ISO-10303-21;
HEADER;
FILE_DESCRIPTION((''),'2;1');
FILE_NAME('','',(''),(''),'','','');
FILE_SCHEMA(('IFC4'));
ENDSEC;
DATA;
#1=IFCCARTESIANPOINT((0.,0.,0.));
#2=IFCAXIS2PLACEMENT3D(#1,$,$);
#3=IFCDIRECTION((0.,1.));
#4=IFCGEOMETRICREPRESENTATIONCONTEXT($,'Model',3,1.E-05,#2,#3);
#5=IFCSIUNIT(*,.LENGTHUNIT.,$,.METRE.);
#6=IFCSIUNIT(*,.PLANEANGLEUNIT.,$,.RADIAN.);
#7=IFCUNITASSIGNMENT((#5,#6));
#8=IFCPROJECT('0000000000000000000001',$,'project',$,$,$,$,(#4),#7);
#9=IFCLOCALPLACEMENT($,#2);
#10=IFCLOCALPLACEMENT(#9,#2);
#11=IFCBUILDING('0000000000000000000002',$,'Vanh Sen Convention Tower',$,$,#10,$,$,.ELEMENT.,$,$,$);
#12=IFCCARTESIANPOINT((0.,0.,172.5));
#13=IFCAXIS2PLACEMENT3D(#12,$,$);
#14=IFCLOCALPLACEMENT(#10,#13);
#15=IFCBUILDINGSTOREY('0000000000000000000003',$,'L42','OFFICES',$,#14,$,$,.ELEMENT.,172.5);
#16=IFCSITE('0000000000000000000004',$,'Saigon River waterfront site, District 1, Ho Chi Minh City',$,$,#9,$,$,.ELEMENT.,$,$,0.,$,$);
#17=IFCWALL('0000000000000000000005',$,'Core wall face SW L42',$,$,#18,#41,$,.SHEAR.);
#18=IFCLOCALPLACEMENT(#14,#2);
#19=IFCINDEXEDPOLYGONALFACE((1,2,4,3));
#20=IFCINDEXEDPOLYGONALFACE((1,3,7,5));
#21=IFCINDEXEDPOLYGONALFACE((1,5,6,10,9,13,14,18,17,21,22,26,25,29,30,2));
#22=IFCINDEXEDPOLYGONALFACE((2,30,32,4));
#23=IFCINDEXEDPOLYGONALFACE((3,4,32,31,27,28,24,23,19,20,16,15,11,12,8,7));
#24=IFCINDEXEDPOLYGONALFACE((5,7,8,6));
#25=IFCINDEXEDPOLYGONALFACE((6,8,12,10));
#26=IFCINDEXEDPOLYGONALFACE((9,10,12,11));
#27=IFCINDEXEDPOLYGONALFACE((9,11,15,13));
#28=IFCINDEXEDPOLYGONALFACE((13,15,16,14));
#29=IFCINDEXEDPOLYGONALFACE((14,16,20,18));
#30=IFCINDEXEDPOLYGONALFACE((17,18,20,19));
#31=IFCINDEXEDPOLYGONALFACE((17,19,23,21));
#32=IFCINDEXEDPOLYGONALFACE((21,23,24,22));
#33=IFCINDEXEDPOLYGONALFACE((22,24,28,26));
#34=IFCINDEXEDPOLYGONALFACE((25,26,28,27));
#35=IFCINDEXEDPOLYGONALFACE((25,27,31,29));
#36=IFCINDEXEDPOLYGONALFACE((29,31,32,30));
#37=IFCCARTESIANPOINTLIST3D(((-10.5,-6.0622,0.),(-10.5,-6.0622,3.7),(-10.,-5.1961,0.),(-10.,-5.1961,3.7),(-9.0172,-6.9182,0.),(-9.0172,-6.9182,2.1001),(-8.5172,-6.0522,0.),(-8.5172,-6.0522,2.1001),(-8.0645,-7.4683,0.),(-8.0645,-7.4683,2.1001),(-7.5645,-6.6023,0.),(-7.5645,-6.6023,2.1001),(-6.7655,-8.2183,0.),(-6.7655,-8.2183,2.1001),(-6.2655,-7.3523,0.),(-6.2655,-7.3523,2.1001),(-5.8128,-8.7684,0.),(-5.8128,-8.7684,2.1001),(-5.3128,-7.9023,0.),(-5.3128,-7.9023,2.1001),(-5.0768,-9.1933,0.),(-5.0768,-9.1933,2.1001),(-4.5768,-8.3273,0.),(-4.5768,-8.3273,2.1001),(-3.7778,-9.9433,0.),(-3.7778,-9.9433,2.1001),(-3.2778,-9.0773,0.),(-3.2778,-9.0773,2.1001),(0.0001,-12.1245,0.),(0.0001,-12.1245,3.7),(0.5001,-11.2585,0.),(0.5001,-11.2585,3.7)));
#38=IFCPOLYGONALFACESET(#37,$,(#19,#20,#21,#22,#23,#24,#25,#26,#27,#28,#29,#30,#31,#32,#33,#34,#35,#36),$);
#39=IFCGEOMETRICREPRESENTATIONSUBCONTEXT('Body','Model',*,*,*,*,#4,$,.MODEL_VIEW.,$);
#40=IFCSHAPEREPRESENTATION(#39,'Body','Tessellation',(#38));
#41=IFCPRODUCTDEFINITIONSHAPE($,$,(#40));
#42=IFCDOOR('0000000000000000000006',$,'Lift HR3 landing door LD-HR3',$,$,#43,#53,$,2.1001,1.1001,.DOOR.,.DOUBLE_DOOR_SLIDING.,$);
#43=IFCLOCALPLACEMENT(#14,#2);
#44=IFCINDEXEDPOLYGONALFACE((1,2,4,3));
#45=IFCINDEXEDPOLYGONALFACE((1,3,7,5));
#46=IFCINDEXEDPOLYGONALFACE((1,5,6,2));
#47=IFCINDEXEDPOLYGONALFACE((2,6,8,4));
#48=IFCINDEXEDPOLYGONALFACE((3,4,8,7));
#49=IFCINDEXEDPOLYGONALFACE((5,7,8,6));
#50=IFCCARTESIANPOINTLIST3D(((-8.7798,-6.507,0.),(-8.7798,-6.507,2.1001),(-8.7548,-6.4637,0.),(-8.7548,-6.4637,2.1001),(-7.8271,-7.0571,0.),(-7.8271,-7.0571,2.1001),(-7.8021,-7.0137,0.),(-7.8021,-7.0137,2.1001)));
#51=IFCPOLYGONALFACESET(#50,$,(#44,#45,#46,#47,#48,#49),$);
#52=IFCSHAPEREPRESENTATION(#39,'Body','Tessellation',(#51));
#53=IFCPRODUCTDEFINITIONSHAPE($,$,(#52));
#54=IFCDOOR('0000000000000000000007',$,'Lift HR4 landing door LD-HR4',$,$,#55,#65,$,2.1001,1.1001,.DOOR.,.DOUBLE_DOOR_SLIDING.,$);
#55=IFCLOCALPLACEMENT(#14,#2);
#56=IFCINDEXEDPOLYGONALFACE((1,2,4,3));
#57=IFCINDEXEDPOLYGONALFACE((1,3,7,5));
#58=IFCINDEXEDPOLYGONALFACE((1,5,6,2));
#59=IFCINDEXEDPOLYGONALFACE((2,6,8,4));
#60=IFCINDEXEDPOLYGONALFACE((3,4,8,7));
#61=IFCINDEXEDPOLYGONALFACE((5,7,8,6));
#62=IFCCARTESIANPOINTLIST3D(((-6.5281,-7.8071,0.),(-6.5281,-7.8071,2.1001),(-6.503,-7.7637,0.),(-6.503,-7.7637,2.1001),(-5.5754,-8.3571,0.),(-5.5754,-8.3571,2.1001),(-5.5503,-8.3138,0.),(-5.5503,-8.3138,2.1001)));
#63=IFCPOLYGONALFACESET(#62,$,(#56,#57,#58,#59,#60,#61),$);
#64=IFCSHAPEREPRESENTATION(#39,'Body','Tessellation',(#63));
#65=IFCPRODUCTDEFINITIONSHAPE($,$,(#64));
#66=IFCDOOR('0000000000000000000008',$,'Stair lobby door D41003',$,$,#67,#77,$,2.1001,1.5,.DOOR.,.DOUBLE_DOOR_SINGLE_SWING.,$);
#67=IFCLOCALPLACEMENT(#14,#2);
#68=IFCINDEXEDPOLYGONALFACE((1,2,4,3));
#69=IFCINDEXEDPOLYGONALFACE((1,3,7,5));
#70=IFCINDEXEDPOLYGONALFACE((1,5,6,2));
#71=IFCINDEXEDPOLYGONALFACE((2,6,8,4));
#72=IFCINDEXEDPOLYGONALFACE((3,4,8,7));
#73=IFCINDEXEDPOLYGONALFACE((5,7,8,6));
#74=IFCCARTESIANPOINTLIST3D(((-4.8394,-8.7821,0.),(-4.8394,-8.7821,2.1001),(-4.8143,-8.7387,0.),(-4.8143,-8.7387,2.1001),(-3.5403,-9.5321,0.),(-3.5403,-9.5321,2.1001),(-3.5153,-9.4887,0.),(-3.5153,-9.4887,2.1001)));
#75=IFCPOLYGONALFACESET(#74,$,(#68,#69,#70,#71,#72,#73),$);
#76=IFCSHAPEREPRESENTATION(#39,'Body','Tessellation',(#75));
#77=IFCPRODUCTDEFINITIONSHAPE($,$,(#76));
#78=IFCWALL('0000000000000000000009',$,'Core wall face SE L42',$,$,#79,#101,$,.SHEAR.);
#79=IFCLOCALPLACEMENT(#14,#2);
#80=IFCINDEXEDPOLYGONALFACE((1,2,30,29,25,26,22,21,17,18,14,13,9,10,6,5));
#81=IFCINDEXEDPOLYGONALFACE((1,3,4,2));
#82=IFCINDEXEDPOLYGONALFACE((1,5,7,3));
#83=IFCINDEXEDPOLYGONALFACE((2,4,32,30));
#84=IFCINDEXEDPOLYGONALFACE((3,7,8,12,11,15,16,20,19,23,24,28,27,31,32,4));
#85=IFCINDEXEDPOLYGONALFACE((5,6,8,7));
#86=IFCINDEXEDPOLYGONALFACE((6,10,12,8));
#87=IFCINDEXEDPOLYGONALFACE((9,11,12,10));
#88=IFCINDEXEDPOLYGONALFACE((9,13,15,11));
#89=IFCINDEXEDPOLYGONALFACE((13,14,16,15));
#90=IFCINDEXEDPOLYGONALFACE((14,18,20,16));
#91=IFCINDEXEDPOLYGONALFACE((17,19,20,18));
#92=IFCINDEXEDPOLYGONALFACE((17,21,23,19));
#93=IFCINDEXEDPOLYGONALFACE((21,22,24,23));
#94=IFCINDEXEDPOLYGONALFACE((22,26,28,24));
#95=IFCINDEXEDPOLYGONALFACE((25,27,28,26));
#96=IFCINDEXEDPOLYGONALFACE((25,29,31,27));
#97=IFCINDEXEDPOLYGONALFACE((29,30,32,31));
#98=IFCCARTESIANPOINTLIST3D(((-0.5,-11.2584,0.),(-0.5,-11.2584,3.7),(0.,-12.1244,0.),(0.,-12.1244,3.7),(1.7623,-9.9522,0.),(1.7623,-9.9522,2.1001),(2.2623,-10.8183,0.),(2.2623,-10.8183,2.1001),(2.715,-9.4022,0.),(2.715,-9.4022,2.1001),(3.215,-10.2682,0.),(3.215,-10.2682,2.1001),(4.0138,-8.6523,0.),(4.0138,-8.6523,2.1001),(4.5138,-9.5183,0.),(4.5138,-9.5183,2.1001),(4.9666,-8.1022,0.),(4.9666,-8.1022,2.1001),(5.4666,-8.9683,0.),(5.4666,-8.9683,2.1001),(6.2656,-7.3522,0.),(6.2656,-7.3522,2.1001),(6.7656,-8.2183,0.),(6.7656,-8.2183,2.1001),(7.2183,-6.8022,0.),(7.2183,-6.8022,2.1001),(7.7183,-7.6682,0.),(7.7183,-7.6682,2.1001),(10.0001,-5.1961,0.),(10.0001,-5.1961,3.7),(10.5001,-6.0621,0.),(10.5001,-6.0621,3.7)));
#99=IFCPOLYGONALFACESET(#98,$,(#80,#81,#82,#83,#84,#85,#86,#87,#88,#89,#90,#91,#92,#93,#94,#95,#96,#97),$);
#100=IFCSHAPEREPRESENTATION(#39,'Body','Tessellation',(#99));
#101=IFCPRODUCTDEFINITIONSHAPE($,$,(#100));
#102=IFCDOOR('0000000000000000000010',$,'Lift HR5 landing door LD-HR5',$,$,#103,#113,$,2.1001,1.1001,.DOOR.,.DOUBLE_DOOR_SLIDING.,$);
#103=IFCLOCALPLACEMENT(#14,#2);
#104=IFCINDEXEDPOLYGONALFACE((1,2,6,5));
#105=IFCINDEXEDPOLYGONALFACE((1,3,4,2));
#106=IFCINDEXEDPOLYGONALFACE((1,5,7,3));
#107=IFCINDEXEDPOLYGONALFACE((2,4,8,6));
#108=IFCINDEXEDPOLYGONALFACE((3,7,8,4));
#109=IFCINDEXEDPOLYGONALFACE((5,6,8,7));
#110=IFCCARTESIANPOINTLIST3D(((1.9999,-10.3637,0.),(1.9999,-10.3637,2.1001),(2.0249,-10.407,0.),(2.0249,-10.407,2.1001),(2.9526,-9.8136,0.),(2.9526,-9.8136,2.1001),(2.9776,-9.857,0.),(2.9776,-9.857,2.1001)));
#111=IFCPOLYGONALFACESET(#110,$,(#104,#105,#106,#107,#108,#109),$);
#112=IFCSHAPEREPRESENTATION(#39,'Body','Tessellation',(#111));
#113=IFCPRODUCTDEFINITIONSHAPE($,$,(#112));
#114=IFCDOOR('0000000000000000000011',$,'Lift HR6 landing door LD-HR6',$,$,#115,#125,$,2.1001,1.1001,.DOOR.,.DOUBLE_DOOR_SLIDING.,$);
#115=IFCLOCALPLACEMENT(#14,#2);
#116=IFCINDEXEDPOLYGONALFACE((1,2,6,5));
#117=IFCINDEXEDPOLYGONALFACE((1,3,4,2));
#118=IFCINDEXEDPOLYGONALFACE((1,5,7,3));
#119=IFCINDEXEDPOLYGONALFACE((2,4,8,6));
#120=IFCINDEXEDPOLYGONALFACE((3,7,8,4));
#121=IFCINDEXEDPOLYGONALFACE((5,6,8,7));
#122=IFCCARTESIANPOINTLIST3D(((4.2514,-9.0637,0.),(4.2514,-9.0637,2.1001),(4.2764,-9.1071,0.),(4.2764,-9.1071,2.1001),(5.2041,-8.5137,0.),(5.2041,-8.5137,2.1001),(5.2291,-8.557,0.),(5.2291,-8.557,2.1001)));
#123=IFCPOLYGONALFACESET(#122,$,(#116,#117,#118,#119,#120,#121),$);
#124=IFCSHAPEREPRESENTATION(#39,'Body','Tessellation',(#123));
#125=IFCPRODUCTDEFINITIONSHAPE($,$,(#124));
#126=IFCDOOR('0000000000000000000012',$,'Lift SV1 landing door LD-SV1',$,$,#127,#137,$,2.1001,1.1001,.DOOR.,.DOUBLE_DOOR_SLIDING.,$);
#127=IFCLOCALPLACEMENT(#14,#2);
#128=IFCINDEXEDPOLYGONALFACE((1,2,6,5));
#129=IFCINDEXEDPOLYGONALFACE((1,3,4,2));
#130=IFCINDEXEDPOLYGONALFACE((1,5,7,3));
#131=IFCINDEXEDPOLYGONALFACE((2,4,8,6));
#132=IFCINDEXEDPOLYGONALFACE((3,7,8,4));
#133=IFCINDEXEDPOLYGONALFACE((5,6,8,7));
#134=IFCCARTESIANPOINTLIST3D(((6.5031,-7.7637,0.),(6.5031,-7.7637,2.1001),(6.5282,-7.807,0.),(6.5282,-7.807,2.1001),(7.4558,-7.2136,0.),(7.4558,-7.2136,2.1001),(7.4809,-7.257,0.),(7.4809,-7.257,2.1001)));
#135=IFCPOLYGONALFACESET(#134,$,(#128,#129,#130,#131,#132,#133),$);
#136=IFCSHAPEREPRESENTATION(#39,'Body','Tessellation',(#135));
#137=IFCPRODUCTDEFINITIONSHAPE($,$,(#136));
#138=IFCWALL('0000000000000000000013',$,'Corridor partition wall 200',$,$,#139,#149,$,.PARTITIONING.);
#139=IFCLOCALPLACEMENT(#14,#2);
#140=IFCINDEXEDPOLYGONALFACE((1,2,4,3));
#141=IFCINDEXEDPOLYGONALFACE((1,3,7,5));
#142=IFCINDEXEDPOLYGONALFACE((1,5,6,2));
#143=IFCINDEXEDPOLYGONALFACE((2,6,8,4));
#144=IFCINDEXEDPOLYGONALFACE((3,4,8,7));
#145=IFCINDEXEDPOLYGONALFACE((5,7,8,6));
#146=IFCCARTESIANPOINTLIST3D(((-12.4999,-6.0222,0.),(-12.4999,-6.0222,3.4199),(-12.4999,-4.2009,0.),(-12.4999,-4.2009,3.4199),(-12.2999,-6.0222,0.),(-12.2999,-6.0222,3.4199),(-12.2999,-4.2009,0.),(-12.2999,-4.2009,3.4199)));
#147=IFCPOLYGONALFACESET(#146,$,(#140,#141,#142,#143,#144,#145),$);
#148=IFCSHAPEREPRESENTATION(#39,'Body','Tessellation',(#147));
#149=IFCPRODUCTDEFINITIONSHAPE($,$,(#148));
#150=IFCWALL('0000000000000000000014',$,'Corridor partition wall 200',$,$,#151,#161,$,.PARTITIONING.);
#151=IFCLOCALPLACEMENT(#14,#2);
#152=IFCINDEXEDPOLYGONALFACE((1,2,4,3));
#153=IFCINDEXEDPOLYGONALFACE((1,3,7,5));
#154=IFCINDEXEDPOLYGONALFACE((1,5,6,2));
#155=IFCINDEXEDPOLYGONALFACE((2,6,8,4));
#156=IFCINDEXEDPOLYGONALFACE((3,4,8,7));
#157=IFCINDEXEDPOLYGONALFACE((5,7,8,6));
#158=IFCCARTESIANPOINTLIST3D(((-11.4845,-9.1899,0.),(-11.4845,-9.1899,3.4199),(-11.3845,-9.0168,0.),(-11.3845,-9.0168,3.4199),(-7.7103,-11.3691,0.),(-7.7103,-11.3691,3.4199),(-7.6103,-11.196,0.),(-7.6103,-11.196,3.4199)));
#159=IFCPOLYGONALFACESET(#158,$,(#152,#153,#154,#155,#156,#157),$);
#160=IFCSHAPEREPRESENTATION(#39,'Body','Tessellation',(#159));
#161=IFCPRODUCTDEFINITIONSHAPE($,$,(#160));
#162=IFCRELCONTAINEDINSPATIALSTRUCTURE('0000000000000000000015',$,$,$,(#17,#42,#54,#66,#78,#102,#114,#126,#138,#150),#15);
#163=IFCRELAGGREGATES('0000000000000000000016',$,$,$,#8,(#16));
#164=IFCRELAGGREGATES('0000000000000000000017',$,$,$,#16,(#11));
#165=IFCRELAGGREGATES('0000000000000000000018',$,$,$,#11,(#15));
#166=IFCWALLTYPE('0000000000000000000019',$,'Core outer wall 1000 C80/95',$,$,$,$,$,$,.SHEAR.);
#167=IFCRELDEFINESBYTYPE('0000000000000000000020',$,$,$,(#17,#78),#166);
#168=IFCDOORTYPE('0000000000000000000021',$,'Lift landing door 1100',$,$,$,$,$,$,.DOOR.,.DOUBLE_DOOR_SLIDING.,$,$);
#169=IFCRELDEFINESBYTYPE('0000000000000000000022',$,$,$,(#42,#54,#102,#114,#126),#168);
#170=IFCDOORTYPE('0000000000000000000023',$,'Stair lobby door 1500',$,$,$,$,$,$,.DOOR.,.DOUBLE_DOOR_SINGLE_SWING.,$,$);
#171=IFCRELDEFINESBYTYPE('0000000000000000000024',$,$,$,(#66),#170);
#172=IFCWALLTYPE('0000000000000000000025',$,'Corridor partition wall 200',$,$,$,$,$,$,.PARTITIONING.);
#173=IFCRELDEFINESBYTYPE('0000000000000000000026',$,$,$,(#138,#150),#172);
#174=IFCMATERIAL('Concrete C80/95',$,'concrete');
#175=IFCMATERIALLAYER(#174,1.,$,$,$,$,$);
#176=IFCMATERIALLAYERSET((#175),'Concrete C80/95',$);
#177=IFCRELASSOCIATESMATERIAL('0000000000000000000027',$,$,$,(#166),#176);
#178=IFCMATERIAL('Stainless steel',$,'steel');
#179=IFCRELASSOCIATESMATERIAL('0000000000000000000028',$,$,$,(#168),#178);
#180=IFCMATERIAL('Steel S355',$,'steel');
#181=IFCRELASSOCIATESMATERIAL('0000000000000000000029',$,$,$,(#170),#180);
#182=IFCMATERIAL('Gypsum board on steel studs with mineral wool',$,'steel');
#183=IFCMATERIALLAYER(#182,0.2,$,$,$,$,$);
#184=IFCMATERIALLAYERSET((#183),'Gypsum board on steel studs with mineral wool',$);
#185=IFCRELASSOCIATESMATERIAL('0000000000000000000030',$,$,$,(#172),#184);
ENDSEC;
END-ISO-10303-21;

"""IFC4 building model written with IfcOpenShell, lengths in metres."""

from ifc_helpers import new_model, si_unit, direction, frame, frame_2d, origin, place, context, subcontext, project, spatial, rectangle, extrude, material, layer, layer_set, type_object, element, fill, save


model = new_model("IFC4")

# Units and contexts
model_context = context("Model", 3, precision=1e-05, world=origin(), true_north=direction((0.0, 1.0)))
body_context = subcontext(model_context, "Body", "Model", "MODEL_VIEW")
ifc_project = project(units=[si_unit("LENGTHUNIT", "METRE"), si_unit("PLANEANGLEUNIT", "RADIAN")], contexts=[model_context])

# Site, building, storey
site_placement = place(None, origin())
site = spatial("IfcSite", under=ifc_project, at=site_placement, Name="Saigon River waterfront site, District 1, Ho Chi Minh City", CompositionType="ELEMENT", RefElevation=0.0)
building_placement = place(site_placement, origin())
building = spatial("IfcBuilding", under=site, at=building_placement, Name="Vanh Sen Convention Tower", CompositionType="ELEMENT")
storey_placement = place(building_placement, frame((0.0, 0.0, 172.5)))
storey = spatial("IfcBuildingStorey", under=building, at=storey_placement, Name="L42", Description="OFFICES", CompositionType="ELEMENT", Elevation=172.5)

# Walls, openings, doors
ifc_material_1 = material(Name="Concrete C80/95", Category="concrete")
ifc_layer_1 = layer(ifc_material_1, 1.0)
ifc_layer_set_1 = layer_set([ifc_layer_1], Name="Concrete C80/95")
wall_type_1 = type_object("IfcWallType", Name="Core outer wall 1000 C80/95", PredefinedType="SHEAR", material=ifc_layer_set_1)
wall_1_placement = place(storey_placement, frame((-10.25, -5.6292, 0.0), z_axis=(0.0, 0.0, 1.0), x_axis=(0.866023, -0.500005, 0.0)))
wall_1 = element("IfcWall", 1, at=wall_1_placement, inside=storey, type_object=wall_type_1, Name="Core wall face SW L42", PredefinedType="SHEAR", context=body_context, shape_type="SweptSolid", body=[
    extrude(rectangle(XDim=12.1245, YDim=1.0, at=frame_2d((6.0623, 0.0))), origin(), (0.0, 0.0, 1.0), 3.7),
])
opening_1_placement = place(wall_1_placement, frame((6.2622, 0.0, 0.0)))
opening_1 = element("IfcOpeningElement", 2, at=opening_1_placement, cuts=wall_1, PredefinedType="OPENING", context=body_context, shape_type="SweptSolid", body=[
    extrude(rectangle(XDim=1.5, YDim=2.1001, at=frame_2d((0.75, 1.05))), frame((0.0, 0.51, 0.0), z_axis=(0.0, -1.0, 0.0), x_axis=(1.0, 0.0, 0.0)), (0.0, 0.0, 1.0), 1.02),
])
opening_2_placement = place(wall_1_placement, frame((1.7122, 0.0, 0.0)))
opening_2 = element("IfcOpeningElement", 3, at=opening_2_placement, cuts=wall_1, PredefinedType="OPENING", context=body_context, shape_type="SweptSolid", body=[
    extrude(rectangle(XDim=1.1001, YDim=2.1001, at=frame_2d((0.55, 1.05))), frame((0.0, 0.51, 0.0), z_axis=(0.0, -1.0, 0.0), x_axis=(1.0, 0.0, 0.0)), (0.0, 0.0, 1.0), 1.02),
])
opening_3_placement = place(wall_1_placement, frame((4.3123, 0.0, 0.0)))
opening_3 = element("IfcOpeningElement", 4, at=opening_3_placement, cuts=wall_1, PredefinedType="OPENING", context=body_context, shape_type="SweptSolid", body=[
    extrude(rectangle(XDim=1.1001, YDim=2.1001, at=frame_2d((0.55, 1.05))), frame((0.0, 0.51, 0.0), z_axis=(0.0, -1.0, 0.0), x_axis=(1.0, 0.0, 0.0)), (0.0, 0.0, 1.0), 1.02),
])
ifc_material_2 = material(Name="Stainless steel", Category="steel")
door_type_1 = type_object("IfcDoorType", Name="Lift landing door 1100", OperationType="DOUBLE_DOOR_SLIDING", PredefinedType="DOOR", material=ifc_material_2)
door_1_placement = place(opening_2_placement, origin())
door_1 = element("IfcDoor", 5, at=door_1_placement, inside=storey, type_object=door_type_1, Name="Lift HR3 landing door LD-HR3", OperationType="DOUBLE_DOOR_SLIDING", OverallHeight=2.1001, OverallWidth=1.1001, PredefinedType="DOOR", context=body_context, shape_type="SweptSolid", body=[
    extrude(rectangle(XDim=1.1001, YDim=2.1001, at=frame_2d((0.55, 1.05))), frame((0.0, 0.0249, 0.0), z_axis=(0.0, -1.0, 0.0), x_axis=(1.0, 0.0, 0.0)), (0.0, 0.0, 1.0), 0.05),
])
fill(opening_2, door_1)
door_2_placement = place(opening_3_placement, origin())
door_2 = element("IfcDoor", 6, at=door_2_placement, inside=storey, type_object=door_type_1, Name="Lift HR4 landing door LD-HR4", OperationType="DOUBLE_DOOR_SLIDING", OverallHeight=2.1001, OverallWidth=1.1001, PredefinedType="DOOR", context=body_context, shape_type="SweptSolid", body=[
    extrude(rectangle(XDim=1.1001, YDim=2.1001, at=frame_2d((0.55, 1.05))), frame((0.0, 0.0249, 0.0), z_axis=(0.0, -1.0, 0.0), x_axis=(1.0, 0.0, 0.0)), (0.0, 0.0, 1.0), 0.05),
])
fill(opening_3, door_2)
ifc_material_3 = material(Name="Steel S355", Category="steel")
door_type_2 = type_object("IfcDoorType", Name="Stair lobby door 1500", OperationType="DOUBLE_DOOR_SINGLE_SWING", PredefinedType="DOOR", material=ifc_material_3)
door_3_placement = place(opening_1_placement, origin())
door_3 = element("IfcDoor", 7, at=door_3_placement, inside=storey, type_object=door_type_2, Name="Stair lobby door D41003", OperationType="DOUBLE_DOOR_SINGLE_SWING", OverallHeight=2.1001, OverallWidth=1.5, PredefinedType="DOOR", context=body_context, shape_type="SweptSolid", body=[
    extrude(rectangle(XDim=1.5, YDim=2.1001, at=frame_2d((0.75, 1.05))), frame((0.0, 0.0249, 0.0), z_axis=(0.0, -1.0, 0.0), x_axis=(1.0, 0.0, 0.0)), (0.0, 0.0, 1.0), 0.05),
])
fill(opening_1, door_3)
wall_2_placement = place(storey_placement, frame((-0.25, -11.6914, 0.0), z_axis=(0.0, 0.0, 1.0), x_axis=(0.866023, 0.500005, 0.0)))
wall_2 = element("IfcWall", 8, at=wall_2_placement, inside=storey, type_object=wall_type_1, Name="Core wall face SE L42", PredefinedType="SHEAR", context=body_context, shape_type="SweptSolid", body=[
    extrude(rectangle(XDim=12.1245, YDim=1.0, at=frame_2d((6.0623, 0.0))), origin(), (0.0, 0.0, 1.0), 3.7),
])
opening_4_placement = place(wall_2_placement, frame((2.6123, 0.0, 0.0)))
opening_4 = element("IfcOpeningElement", 9, at=opening_4_placement, cuts=wall_2, PredefinedType="OPENING", context=body_context, shape_type="SweptSolid", body=[
    extrude(rectangle(XDim=1.1001, YDim=2.1001, at=frame_2d((0.55, 1.05))), frame((0.0, 0.51, 0.0), z_axis=(0.0, -1.0, 0.0), x_axis=(1.0, 0.0, 0.0)), (0.0, 0.0, 1.0), 1.02),
])
opening_5_placement = place(wall_2_placement, frame((5.2122, 0.0, 0.0)))
opening_5 = element("IfcOpeningElement", 10, at=opening_5_placement, cuts=wall_2, PredefinedType="OPENING", context=body_context, shape_type="SweptSolid", body=[
    extrude(rectangle(XDim=1.1001, YDim=2.1001, at=frame_2d((0.55, 1.05))), frame((0.0, 0.51, 0.0), z_axis=(0.0, -1.0, 0.0), x_axis=(1.0, 0.0, 0.0)), (0.0, 0.0, 1.0), 1.02),
])
opening_6_placement = place(wall_2_placement, frame((7.8123, 0.0, 0.0)))
opening_6 = element("IfcOpeningElement", 11, at=opening_6_placement, cuts=wall_2, PredefinedType="OPENING", context=body_context, shape_type="SweptSolid", body=[
    extrude(rectangle(XDim=1.1001, YDim=2.1001, at=frame_2d((0.55, 1.05))), frame((0.0, 0.51, 0.0), z_axis=(0.0, -1.0, 0.0), x_axis=(1.0, 0.0, 0.0)), (0.0, 0.0, 1.0), 1.02),
])
door_4_placement = place(opening_4_placement, origin())
door_4 = element("IfcDoor", 12, at=door_4_placement, inside=storey, type_object=door_type_1, Name="Lift HR5 landing door LD-HR5", OperationType="DOUBLE_DOOR_SLIDING", OverallHeight=2.1001, OverallWidth=1.1001, PredefinedType="DOOR", context=body_context, shape_type="SweptSolid", body=[
    extrude(rectangle(XDim=1.1001, YDim=2.1001, at=frame_2d((0.55, 1.05))), frame((0.0, 0.0249, 0.0), z_axis=(0.0, -1.0, 0.0), x_axis=(1.0, 0.0, 0.0)), (0.0, 0.0, 1.0), 0.05),
])
fill(opening_4, door_4)
door_5_placement = place(opening_5_placement, origin())
door_5 = element("IfcDoor", 13, at=door_5_placement, inside=storey, type_object=door_type_1, Name="Lift HR6 landing door LD-HR6", OperationType="DOUBLE_DOOR_SLIDING", OverallHeight=2.1001, OverallWidth=1.1001, PredefinedType="DOOR", context=body_context, shape_type="SweptSolid", body=[
    extrude(rectangle(XDim=1.1001, YDim=2.1001, at=frame_2d((0.55, 1.05))), frame((0.0, 0.0249, 0.0), z_axis=(0.0, -1.0, 0.0), x_axis=(1.0, 0.0, 0.0)), (0.0, 0.0, 1.0), 0.05),
])
fill(opening_5, door_5)
door_6_placement = place(opening_6_placement, origin())
door_6 = element("IfcDoor", 14, at=door_6_placement, inside=storey, type_object=door_type_1, Name="Lift SV1 landing door LD-SV1", OperationType="DOUBLE_DOOR_SLIDING", OverallHeight=2.1001, OverallWidth=1.1001, PredefinedType="DOOR", context=body_context, shape_type="SweptSolid", body=[
    extrude(rectangle(XDim=1.1001, YDim=2.1001, at=frame_2d((0.55, 1.05))), frame((0.0, 0.0249, 0.0), z_axis=(0.0, -1.0, 0.0), x_axis=(1.0, 0.0, 0.0)), (0.0, 0.0, 1.0), 0.05),
])
fill(opening_6, door_6)

# Walls
ifc_material_4 = material(Name="Gypsum board on steel studs with mineral wool", Category="steel")
ifc_layer_2 = layer(ifc_material_4, 0.2)
ifc_layer_set_2 = layer_set([ifc_layer_2], Name="Gypsum board on steel studs with mineral wool")
wall_type_2 = type_object("IfcWallType", Name="Corridor partition wall 200", PredefinedType="PARTITIONING", material=ifc_layer_set_2)
wall_3_placement = place(storey_placement, frame((-12.3999, -4.2009, 0.0), z_axis=(0.0, 0.0, 1.0), x_axis=(0.0, -1.0, 0.0)))
element("IfcWall", 15, at=wall_3_placement, inside=storey, type_object=wall_type_2, Name="Corridor partition wall 200", PredefinedType="PARTITIONING", context=body_context, shape_type="SweptSolid", body=[
    extrude(rectangle(XDim=1.8213, YDim=0.2, at=frame_2d((0.9106, 0.0))), origin(), (0.0, 0.0, 1.0), 3.4199),
])
wall_4_placement = place(storey_placement, frame((-11.4346, -9.1033, 0.0), z_axis=(0.0, 0.0, 1.0), x_axis=(0.866007, -0.500031, 0.0)))
element("IfcWall", 16, at=wall_4_placement, inside=storey, type_object=wall_type_2, Name="Corridor partition wall 200", PredefinedType="PARTITIONING", context=body_context, shape_type="SweptSolid", body=[
    extrude(rectangle(XDim=4.3582, YDim=0.2, at=frame_2d((2.1792, 0.0))), origin(), (0.0, 0.0, 1.0), 3.4199),
])

save(model, "model.ifc")
